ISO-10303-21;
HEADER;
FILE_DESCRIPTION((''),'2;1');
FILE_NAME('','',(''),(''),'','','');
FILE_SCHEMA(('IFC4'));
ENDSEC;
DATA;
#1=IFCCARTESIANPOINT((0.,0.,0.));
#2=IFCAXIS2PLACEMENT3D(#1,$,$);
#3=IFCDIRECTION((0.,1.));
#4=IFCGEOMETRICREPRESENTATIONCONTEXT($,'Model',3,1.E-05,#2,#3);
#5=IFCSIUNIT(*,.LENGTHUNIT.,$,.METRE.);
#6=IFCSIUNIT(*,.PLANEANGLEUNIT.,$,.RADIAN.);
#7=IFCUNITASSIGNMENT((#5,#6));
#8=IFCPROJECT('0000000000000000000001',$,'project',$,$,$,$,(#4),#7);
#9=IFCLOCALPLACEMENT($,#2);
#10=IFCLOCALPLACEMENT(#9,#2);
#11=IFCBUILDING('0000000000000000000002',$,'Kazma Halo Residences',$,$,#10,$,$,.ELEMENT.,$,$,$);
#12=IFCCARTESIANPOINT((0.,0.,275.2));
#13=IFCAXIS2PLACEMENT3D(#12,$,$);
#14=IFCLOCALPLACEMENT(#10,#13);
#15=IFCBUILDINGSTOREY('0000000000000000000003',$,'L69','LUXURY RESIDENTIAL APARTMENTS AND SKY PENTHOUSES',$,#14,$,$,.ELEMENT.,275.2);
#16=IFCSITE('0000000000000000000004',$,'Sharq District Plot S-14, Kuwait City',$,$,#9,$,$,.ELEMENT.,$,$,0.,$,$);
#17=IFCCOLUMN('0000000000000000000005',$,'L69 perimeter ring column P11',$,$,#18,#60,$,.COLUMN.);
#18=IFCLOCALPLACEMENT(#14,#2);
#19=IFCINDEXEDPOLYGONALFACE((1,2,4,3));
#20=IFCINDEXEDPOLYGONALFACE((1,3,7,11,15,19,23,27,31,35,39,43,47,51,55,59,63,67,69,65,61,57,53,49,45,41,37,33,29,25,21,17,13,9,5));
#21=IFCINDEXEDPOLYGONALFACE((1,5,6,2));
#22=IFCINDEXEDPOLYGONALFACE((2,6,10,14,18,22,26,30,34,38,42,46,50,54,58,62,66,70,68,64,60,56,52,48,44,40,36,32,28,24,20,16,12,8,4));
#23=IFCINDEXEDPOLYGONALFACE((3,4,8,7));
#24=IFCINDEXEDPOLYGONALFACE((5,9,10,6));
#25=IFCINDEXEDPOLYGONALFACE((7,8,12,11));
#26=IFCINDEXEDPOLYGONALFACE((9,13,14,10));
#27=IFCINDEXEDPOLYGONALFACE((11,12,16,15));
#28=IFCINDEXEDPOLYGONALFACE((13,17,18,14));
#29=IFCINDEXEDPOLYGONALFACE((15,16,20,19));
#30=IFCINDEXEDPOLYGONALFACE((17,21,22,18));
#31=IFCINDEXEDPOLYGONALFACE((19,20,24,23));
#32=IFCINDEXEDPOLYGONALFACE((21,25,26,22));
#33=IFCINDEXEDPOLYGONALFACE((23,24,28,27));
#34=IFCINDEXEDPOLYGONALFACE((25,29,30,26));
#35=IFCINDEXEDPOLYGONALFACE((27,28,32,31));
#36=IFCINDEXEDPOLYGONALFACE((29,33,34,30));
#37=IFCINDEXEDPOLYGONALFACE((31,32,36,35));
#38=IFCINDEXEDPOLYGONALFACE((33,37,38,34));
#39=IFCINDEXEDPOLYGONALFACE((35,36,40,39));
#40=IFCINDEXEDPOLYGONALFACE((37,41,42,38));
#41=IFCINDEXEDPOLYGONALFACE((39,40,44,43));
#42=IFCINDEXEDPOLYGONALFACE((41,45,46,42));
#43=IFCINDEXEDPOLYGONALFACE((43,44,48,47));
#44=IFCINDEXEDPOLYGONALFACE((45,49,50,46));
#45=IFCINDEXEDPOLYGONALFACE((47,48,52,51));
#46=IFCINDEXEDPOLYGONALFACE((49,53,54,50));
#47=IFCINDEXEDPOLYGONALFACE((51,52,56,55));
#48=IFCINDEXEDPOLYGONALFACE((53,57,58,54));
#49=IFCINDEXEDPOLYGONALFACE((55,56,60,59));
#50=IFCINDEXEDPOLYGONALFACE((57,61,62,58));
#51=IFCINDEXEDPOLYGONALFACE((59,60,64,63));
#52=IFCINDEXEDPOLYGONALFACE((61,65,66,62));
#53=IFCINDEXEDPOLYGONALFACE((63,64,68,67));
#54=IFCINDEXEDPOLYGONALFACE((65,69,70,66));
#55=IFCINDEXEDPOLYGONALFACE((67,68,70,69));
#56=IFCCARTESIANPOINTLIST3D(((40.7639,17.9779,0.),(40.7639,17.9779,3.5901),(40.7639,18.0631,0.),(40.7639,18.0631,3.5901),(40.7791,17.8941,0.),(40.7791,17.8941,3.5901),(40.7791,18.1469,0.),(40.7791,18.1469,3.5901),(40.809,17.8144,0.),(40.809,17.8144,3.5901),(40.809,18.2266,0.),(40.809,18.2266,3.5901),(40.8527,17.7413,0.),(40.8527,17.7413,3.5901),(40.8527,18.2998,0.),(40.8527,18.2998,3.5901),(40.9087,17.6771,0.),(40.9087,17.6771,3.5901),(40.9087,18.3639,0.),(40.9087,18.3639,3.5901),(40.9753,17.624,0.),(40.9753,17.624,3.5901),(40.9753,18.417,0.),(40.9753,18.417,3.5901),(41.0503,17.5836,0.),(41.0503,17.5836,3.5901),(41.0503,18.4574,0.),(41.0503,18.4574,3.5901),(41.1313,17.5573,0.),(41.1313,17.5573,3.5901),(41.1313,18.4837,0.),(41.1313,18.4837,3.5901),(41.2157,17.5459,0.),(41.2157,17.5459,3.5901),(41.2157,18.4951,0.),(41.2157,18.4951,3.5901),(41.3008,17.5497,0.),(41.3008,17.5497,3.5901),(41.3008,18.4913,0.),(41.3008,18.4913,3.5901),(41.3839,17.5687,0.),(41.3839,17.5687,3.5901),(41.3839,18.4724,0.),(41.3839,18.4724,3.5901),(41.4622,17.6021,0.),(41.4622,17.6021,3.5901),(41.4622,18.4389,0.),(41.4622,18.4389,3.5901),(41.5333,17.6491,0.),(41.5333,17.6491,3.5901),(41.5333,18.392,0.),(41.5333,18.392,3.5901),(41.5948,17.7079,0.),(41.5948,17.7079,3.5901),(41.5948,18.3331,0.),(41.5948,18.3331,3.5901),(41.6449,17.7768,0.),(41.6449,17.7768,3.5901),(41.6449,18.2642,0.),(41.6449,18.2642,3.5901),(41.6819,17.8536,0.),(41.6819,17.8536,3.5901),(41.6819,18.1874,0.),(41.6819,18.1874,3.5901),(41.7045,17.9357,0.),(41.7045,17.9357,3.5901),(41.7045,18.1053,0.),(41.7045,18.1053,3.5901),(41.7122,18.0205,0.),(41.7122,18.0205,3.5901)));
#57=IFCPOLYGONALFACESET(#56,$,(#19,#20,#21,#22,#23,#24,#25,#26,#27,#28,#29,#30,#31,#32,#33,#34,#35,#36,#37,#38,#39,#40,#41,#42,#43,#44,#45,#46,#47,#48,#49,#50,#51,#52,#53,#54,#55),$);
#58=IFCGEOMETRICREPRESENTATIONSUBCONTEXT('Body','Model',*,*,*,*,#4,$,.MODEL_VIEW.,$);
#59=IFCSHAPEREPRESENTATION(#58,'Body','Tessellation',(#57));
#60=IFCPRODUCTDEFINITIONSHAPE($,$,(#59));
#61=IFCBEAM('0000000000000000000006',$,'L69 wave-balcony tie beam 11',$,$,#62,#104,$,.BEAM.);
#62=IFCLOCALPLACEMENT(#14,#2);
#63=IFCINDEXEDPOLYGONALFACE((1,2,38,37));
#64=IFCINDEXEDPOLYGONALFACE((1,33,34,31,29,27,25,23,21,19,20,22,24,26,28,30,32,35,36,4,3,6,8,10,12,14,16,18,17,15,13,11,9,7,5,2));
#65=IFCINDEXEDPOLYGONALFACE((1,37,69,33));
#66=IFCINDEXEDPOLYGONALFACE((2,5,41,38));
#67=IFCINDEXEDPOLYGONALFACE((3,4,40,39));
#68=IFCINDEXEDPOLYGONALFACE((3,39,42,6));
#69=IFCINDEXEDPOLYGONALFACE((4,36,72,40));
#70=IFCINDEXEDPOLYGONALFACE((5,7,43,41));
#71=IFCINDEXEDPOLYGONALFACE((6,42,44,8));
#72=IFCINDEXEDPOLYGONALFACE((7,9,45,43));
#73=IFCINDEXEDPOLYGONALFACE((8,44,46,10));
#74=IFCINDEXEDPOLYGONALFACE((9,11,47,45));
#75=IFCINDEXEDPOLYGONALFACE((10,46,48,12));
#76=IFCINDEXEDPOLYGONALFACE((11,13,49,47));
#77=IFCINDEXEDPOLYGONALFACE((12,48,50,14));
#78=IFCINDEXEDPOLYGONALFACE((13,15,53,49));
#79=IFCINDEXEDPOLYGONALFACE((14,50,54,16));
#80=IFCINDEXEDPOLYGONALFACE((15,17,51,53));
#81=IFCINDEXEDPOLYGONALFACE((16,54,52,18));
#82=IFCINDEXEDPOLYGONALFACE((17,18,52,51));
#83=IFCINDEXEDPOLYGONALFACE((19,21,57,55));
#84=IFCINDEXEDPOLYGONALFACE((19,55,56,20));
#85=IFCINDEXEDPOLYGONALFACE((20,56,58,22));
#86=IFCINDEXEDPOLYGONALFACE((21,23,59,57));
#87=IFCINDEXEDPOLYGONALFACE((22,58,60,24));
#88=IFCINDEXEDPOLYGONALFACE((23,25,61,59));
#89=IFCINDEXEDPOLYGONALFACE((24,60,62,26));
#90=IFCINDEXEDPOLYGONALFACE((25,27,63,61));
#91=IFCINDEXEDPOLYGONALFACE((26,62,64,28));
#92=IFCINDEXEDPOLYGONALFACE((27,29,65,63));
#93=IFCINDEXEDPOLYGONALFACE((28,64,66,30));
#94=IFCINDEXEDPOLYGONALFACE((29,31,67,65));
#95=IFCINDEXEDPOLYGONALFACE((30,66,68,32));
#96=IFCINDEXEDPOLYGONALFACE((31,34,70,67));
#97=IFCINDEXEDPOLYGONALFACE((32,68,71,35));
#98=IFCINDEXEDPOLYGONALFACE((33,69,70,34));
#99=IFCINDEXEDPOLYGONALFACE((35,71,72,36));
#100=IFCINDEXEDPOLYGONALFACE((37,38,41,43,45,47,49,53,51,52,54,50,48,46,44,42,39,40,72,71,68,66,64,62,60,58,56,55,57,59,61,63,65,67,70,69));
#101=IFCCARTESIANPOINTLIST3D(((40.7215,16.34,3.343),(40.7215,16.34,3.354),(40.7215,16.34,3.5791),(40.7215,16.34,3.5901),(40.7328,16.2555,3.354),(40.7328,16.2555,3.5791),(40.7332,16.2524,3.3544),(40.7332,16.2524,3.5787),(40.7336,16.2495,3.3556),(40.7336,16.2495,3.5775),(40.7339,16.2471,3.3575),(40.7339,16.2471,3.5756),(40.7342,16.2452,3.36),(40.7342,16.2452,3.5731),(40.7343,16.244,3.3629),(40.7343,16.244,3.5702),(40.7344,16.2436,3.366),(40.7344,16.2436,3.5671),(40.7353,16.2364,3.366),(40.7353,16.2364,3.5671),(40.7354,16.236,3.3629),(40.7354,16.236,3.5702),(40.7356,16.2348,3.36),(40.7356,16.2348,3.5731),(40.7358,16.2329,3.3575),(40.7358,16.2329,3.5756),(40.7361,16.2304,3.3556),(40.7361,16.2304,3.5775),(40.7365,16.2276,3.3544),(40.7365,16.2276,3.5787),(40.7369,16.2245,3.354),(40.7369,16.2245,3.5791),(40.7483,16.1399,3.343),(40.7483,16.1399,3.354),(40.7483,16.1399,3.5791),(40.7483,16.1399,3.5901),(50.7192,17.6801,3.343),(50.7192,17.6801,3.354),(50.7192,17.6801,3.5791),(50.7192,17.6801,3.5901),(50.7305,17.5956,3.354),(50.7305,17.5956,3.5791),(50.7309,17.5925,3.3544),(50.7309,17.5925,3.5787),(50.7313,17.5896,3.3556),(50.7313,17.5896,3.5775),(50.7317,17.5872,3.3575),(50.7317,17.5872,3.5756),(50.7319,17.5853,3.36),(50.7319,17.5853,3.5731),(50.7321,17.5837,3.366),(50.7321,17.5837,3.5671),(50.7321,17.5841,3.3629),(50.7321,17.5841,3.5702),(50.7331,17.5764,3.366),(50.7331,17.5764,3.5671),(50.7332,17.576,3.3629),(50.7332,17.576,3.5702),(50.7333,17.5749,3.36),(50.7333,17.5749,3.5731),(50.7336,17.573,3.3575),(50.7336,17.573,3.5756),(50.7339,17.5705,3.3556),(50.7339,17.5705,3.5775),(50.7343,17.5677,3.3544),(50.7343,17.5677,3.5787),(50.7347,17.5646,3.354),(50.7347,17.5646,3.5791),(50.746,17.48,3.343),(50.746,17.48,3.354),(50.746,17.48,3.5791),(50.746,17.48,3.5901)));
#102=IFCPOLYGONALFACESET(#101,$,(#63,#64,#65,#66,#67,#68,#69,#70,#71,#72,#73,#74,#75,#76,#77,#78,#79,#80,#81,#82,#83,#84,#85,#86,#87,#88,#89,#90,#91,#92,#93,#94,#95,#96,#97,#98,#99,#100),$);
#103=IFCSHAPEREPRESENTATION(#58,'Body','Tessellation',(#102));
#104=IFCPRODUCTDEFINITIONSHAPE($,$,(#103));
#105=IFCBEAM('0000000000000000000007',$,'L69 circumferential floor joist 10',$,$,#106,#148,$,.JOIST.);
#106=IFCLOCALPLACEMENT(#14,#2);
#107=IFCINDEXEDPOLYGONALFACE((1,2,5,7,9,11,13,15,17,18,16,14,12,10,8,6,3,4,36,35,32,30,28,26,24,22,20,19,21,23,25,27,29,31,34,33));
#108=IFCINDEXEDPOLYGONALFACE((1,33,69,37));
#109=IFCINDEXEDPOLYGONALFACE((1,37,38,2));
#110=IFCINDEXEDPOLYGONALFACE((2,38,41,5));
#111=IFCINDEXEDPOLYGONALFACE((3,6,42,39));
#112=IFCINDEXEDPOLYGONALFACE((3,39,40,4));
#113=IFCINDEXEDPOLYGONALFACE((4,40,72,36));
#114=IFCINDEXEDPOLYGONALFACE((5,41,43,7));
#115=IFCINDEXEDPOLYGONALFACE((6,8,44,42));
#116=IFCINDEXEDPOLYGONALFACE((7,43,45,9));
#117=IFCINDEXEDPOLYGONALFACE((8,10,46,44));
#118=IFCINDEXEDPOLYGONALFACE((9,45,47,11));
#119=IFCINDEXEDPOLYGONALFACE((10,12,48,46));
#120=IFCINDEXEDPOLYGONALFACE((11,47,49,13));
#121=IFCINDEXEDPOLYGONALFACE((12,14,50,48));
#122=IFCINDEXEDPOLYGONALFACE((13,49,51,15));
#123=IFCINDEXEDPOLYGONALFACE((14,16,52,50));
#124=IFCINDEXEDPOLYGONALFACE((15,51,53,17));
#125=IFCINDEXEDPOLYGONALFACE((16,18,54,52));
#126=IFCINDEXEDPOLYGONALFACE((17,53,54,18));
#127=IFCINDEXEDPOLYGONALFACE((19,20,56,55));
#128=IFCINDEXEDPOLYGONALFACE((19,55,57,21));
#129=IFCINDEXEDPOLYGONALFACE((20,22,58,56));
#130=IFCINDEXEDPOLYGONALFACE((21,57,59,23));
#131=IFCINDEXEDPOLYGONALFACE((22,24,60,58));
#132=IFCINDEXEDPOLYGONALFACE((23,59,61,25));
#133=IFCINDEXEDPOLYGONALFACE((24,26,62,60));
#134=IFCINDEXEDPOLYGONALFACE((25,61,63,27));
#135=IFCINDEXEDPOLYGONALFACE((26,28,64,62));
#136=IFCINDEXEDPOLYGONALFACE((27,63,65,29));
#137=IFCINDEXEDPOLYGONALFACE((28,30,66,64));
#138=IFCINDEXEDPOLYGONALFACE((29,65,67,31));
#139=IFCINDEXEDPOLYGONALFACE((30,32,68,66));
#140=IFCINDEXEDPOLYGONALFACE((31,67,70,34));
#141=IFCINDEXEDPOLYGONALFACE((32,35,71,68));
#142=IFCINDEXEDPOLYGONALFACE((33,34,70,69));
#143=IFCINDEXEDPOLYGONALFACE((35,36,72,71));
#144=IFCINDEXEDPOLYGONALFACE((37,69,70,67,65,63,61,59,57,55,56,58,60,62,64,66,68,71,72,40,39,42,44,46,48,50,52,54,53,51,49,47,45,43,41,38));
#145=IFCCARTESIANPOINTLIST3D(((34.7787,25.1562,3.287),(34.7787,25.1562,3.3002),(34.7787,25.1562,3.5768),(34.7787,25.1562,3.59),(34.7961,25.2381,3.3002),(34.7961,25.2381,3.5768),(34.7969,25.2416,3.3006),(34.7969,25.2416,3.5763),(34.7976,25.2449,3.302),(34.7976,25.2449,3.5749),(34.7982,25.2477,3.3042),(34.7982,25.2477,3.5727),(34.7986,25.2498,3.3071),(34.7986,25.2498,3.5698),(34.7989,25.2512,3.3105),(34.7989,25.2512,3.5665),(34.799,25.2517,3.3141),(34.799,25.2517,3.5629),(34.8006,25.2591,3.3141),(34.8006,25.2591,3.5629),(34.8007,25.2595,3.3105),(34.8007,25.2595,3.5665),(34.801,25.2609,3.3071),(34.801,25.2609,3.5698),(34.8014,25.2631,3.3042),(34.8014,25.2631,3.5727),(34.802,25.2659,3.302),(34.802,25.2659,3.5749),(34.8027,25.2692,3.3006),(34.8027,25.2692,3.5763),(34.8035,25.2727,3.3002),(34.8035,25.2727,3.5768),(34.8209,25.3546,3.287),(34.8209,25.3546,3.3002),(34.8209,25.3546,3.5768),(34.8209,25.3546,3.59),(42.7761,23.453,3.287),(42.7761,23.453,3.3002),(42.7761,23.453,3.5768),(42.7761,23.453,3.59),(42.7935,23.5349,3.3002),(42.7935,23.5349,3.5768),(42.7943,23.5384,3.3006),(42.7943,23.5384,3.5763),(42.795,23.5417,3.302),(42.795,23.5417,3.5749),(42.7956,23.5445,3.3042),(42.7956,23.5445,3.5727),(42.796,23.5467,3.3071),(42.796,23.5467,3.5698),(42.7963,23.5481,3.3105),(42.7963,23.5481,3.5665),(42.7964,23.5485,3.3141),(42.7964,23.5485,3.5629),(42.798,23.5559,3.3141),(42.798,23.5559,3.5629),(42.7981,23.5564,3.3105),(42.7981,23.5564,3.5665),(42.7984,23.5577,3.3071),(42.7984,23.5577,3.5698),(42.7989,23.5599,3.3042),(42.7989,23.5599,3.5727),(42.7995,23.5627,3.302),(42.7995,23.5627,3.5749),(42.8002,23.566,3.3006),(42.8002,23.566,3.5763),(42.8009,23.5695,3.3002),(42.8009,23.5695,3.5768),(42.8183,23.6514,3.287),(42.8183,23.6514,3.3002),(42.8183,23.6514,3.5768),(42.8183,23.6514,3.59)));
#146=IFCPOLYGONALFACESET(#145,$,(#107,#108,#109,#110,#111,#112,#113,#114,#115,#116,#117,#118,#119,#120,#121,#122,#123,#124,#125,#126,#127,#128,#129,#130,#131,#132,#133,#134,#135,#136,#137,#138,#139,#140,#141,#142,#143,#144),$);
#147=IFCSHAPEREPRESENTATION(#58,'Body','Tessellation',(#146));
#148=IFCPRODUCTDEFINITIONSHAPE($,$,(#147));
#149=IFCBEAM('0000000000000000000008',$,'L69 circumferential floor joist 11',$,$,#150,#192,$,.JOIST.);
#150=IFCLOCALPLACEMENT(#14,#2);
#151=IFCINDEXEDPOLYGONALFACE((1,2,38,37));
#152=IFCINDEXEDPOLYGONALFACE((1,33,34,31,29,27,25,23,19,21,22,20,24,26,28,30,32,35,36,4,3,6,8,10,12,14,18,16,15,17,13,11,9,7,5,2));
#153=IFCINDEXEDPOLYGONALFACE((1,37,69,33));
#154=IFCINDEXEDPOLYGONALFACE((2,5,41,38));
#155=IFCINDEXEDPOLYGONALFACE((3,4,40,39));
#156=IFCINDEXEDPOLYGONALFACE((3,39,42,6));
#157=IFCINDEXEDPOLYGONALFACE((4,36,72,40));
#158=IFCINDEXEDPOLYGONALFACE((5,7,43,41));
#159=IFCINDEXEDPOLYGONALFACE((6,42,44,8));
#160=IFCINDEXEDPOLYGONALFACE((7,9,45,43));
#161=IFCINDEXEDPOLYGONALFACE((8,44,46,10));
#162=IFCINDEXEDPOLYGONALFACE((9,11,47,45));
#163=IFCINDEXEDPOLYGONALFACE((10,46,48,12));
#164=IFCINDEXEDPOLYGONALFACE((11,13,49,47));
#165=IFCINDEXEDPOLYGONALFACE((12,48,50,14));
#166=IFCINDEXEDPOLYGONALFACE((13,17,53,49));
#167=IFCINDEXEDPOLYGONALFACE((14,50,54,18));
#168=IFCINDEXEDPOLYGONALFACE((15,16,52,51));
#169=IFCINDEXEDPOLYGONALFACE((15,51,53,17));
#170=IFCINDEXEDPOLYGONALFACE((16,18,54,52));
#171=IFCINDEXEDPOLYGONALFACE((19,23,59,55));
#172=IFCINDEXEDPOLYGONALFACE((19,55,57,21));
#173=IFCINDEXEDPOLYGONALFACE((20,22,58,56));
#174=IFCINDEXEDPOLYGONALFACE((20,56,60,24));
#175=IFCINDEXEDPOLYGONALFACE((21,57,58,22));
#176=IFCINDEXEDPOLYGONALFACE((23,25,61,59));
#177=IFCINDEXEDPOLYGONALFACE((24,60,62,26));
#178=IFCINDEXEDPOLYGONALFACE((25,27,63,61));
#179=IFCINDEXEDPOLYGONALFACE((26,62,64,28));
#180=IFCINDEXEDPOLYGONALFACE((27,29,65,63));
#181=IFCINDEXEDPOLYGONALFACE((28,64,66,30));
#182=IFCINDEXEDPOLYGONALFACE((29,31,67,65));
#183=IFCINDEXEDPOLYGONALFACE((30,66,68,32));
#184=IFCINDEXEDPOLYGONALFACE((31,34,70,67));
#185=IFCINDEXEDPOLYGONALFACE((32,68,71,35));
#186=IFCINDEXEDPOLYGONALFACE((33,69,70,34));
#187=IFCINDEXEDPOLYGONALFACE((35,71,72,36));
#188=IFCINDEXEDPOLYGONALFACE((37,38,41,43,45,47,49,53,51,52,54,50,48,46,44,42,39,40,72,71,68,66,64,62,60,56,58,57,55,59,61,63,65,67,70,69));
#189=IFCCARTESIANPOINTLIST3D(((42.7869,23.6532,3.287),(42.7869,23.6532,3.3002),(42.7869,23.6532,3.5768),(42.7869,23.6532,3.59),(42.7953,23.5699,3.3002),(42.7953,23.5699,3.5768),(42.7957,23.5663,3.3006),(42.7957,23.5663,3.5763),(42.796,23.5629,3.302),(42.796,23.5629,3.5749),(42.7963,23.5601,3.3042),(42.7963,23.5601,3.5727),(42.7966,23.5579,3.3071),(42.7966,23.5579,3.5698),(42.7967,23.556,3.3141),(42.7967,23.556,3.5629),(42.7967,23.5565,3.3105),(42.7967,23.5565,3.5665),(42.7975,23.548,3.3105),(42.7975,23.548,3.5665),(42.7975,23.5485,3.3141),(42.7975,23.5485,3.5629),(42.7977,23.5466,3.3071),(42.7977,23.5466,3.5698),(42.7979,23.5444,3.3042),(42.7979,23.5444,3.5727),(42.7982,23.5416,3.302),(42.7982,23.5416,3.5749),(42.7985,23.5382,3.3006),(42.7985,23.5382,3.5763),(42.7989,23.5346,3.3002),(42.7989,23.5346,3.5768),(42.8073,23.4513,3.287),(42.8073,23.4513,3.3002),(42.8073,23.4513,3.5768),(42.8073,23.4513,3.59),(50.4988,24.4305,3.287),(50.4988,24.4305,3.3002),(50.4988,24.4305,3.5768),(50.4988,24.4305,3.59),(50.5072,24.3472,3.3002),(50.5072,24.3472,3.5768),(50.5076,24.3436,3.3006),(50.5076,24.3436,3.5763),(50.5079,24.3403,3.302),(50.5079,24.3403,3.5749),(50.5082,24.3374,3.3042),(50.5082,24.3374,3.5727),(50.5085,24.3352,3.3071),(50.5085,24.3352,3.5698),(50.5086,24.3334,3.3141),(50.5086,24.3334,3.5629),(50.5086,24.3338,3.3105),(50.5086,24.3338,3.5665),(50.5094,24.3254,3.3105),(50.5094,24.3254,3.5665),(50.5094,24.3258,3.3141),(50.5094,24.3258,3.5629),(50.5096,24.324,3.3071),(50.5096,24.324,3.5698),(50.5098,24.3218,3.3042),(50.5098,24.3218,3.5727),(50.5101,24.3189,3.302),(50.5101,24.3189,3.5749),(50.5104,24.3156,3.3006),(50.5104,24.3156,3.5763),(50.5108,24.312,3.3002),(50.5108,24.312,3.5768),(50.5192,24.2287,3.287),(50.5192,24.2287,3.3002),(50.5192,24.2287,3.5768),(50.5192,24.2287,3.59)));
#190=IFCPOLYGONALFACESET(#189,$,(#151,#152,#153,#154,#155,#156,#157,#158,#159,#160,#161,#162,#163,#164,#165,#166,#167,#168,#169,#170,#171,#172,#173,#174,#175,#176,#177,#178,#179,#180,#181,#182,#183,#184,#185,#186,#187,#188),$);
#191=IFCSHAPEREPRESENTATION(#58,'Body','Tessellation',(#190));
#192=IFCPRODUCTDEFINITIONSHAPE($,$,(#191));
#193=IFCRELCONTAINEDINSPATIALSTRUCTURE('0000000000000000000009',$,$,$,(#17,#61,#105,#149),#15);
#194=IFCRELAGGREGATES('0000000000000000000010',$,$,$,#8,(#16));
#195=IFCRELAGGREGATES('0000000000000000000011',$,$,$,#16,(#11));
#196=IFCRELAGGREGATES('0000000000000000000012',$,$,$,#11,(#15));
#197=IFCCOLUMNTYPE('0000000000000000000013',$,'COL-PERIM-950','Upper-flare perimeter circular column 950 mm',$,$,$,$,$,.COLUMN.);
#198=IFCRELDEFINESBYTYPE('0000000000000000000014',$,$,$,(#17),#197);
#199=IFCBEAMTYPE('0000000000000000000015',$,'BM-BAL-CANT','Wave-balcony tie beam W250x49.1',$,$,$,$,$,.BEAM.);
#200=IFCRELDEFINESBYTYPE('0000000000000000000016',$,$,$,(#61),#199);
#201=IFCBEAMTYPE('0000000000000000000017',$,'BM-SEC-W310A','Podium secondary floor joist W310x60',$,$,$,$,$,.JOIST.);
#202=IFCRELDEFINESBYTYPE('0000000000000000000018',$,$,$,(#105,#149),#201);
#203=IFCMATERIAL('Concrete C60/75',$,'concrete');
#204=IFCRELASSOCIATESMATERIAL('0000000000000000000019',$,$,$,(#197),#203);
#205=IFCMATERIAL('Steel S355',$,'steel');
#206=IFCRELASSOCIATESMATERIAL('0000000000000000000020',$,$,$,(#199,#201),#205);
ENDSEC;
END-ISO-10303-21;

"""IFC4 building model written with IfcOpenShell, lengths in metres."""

from ifc_helpers import new_model, si_unit, direction, frame, origin, origin_2d, place, context, subcontext, project, spatial, circle, i_section, extrude, material, material_profile, profile_set, type_object, element, save


model = new_model("IFC4")

# Units and contexts
model_context = context("Model", 3, precision=1e-05, world=origin(), true_north=direction((0.0, 1.0)))
body_context = subcontext(model_context, "Body", "Model", "MODEL_VIEW")
ifc_project = project(units=[si_unit("LENGTHUNIT", "METRE"), si_unit("PLANEANGLEUNIT", "RADIAN")], contexts=[model_context])

# Site, building, storey
site_placement = place(None, origin())
site = spatial("IfcSite", under=ifc_project, at=site_placement, Name="Sharq District Plot S-14, Kuwait City", CompositionType="ELEMENT", RefElevation=0.0)
building_placement = place(site_placement, origin())
building = spatial("IfcBuilding", under=site, at=building_placement, Name="Kazma Halo Residences", CompositionType="ELEMENT")
storey_placement = place(building_placement, frame((0.0, 0.0, 275.2)))
storey = spatial("IfcBuildingStorey", under=building, at=storey_placement, Name="L69", Description="LUXURY RESIDENTIAL APARTMENTS AND SKY PENTHOUSES", CompositionType="ELEMENT", Elevation=275.2)

# Column
ifc_material_1 = material(Name="Concrete C60/75", Category="concrete")
ifc_material_profile_1 = material_profile(ifc_material_1, circle(Radius=0.4751, at=origin_2d()), Name="CIRC950")
ifc_profile_set_1 = profile_set([ifc_material_profile_1], Name="Concrete C60/75")
column_type = type_object("IfcColumnType", Name="COL-PERIM-950", Description="Upper-flare perimeter circular column 950 mm", PredefinedType="COLUMN", material=ifc_profile_set_1)
column_placement = place(storey_placement, frame((41.2371, 18.0205, 0.0), z_axis=(0.0, 0.0, 1.0), x_axis=(1.0, 0.0, 0.0)))
element("IfcColumn", 1, at=column_placement, inside=storey, type_object=column_type, Name="L69 perimeter ring column P11", PredefinedType="COLUMN", context=body_context, shape_type="SweptSolid", body=[
    extrude(circle(Radius=0.4751, at=origin_2d()), origin(), (0.0, 0.0, 1.0), 3.5901),
])

# Beams
ifc_material_2 = material(Name="Steel S355", Category="steel")
ifc_material_profile_2 = material_profile(ifc_material_2, i_section(OverallWidth=0.2019, OverallDepth=0.2471, WebThickness=0.0073, FlangeThickness=0.011, FilletRadius=0.012, at=origin_2d()), Name="W250x49.1")
ifc_profile_set_2 = profile_set([ifc_material_profile_2], Name="Steel S355")
beam_type_1 = type_object("IfcBeamType", Name="BM-BAL-CANT", Description="Wave-balcony tie beam W250x49.1", PredefinedType="BEAM", material=ifc_profile_set_2)
beam_1_placement = place(storey_placement, frame((40.7349, 16.24, 3.4666), z_axis=(0.991136, 0.13285, 0.0), x_axis=(-0.13285, 0.991136, 0.0)))
element("IfcBeam", 2, at=beam_1_placement, inside=storey, type_object=beam_type_1, Name="L69 wave-balcony tie beam 11", PredefinedType="BEAM", context=body_context, shape_type="SweptSolid", body=[
    extrude(i_section(OverallWidth=0.2019, OverallDepth=0.2471, WebThickness=0.0073, FlangeThickness=0.011, FilletRadius=0.012, at=origin_2d()), origin(), (0.0, 0.0, 1.0), 10.0872),
])
ifc_material_profile_3 = material_profile(ifc_material_2, i_section(OverallWidth=0.2029, OverallDepth=0.303, WebThickness=0.0076, FlangeThickness=0.0132, FilletRadius=0.0139, at=origin_2d()), Name="W310x60")
ifc_profile_set_3 = profile_set([ifc_material_profile_3], Name="Steel S355")
beam_type_2 = type_object("IfcBeamType", Name="BM-SEC-W310A", Description="Podium secondary floor joist W310x60", PredefinedType="JOIST", material=ifc_profile_set_3)
beam_2_placement = place(storey_placement, frame((34.7998, 25.2554, 3.4385), z_axis=(0.978067, -0.208291, 0.0), x_axis=(0.208291, 0.978067, 0.0)))
element("IfcBeam", 3, at=beam_2_placement, inside=storey, type_object=beam_type_2, Name="L69 circumferential floor joist 10", PredefinedType="JOIST", context=body_context, shape_type="SweptSolid", body=[
    extrude(i_section(OverallWidth=0.2029, OverallDepth=0.303, WebThickness=0.0076, FlangeThickness=0.0132, FilletRadius=0.0139, at=origin_2d()), origin(), (0.0, 0.0, 1.0), 8.1768),
])
beam_3_placement = place(storey_placement, frame((42.7971, 23.5522, 3.4385), z_axis=(0.994958, 0.10029, 0.0), x_axis=(-0.10029, 0.994958, 0.0)))
element("IfcBeam", 4, at=beam_3_placement, inside=storey, type_object=beam_type_2, Name="L69 circumferential floor joist 11", PredefinedType="JOIST", context=body_context, shape_type="SweptSolid", body=[
    extrude(i_section(OverallWidth=0.2029, OverallDepth=0.303, WebThickness=0.0076, FlangeThickness=0.0132, FilletRadius=0.0139, at=origin_2d()), origin(), (0.0, 0.0, 1.0), 7.751),
])

save(model, "model.ifc")
